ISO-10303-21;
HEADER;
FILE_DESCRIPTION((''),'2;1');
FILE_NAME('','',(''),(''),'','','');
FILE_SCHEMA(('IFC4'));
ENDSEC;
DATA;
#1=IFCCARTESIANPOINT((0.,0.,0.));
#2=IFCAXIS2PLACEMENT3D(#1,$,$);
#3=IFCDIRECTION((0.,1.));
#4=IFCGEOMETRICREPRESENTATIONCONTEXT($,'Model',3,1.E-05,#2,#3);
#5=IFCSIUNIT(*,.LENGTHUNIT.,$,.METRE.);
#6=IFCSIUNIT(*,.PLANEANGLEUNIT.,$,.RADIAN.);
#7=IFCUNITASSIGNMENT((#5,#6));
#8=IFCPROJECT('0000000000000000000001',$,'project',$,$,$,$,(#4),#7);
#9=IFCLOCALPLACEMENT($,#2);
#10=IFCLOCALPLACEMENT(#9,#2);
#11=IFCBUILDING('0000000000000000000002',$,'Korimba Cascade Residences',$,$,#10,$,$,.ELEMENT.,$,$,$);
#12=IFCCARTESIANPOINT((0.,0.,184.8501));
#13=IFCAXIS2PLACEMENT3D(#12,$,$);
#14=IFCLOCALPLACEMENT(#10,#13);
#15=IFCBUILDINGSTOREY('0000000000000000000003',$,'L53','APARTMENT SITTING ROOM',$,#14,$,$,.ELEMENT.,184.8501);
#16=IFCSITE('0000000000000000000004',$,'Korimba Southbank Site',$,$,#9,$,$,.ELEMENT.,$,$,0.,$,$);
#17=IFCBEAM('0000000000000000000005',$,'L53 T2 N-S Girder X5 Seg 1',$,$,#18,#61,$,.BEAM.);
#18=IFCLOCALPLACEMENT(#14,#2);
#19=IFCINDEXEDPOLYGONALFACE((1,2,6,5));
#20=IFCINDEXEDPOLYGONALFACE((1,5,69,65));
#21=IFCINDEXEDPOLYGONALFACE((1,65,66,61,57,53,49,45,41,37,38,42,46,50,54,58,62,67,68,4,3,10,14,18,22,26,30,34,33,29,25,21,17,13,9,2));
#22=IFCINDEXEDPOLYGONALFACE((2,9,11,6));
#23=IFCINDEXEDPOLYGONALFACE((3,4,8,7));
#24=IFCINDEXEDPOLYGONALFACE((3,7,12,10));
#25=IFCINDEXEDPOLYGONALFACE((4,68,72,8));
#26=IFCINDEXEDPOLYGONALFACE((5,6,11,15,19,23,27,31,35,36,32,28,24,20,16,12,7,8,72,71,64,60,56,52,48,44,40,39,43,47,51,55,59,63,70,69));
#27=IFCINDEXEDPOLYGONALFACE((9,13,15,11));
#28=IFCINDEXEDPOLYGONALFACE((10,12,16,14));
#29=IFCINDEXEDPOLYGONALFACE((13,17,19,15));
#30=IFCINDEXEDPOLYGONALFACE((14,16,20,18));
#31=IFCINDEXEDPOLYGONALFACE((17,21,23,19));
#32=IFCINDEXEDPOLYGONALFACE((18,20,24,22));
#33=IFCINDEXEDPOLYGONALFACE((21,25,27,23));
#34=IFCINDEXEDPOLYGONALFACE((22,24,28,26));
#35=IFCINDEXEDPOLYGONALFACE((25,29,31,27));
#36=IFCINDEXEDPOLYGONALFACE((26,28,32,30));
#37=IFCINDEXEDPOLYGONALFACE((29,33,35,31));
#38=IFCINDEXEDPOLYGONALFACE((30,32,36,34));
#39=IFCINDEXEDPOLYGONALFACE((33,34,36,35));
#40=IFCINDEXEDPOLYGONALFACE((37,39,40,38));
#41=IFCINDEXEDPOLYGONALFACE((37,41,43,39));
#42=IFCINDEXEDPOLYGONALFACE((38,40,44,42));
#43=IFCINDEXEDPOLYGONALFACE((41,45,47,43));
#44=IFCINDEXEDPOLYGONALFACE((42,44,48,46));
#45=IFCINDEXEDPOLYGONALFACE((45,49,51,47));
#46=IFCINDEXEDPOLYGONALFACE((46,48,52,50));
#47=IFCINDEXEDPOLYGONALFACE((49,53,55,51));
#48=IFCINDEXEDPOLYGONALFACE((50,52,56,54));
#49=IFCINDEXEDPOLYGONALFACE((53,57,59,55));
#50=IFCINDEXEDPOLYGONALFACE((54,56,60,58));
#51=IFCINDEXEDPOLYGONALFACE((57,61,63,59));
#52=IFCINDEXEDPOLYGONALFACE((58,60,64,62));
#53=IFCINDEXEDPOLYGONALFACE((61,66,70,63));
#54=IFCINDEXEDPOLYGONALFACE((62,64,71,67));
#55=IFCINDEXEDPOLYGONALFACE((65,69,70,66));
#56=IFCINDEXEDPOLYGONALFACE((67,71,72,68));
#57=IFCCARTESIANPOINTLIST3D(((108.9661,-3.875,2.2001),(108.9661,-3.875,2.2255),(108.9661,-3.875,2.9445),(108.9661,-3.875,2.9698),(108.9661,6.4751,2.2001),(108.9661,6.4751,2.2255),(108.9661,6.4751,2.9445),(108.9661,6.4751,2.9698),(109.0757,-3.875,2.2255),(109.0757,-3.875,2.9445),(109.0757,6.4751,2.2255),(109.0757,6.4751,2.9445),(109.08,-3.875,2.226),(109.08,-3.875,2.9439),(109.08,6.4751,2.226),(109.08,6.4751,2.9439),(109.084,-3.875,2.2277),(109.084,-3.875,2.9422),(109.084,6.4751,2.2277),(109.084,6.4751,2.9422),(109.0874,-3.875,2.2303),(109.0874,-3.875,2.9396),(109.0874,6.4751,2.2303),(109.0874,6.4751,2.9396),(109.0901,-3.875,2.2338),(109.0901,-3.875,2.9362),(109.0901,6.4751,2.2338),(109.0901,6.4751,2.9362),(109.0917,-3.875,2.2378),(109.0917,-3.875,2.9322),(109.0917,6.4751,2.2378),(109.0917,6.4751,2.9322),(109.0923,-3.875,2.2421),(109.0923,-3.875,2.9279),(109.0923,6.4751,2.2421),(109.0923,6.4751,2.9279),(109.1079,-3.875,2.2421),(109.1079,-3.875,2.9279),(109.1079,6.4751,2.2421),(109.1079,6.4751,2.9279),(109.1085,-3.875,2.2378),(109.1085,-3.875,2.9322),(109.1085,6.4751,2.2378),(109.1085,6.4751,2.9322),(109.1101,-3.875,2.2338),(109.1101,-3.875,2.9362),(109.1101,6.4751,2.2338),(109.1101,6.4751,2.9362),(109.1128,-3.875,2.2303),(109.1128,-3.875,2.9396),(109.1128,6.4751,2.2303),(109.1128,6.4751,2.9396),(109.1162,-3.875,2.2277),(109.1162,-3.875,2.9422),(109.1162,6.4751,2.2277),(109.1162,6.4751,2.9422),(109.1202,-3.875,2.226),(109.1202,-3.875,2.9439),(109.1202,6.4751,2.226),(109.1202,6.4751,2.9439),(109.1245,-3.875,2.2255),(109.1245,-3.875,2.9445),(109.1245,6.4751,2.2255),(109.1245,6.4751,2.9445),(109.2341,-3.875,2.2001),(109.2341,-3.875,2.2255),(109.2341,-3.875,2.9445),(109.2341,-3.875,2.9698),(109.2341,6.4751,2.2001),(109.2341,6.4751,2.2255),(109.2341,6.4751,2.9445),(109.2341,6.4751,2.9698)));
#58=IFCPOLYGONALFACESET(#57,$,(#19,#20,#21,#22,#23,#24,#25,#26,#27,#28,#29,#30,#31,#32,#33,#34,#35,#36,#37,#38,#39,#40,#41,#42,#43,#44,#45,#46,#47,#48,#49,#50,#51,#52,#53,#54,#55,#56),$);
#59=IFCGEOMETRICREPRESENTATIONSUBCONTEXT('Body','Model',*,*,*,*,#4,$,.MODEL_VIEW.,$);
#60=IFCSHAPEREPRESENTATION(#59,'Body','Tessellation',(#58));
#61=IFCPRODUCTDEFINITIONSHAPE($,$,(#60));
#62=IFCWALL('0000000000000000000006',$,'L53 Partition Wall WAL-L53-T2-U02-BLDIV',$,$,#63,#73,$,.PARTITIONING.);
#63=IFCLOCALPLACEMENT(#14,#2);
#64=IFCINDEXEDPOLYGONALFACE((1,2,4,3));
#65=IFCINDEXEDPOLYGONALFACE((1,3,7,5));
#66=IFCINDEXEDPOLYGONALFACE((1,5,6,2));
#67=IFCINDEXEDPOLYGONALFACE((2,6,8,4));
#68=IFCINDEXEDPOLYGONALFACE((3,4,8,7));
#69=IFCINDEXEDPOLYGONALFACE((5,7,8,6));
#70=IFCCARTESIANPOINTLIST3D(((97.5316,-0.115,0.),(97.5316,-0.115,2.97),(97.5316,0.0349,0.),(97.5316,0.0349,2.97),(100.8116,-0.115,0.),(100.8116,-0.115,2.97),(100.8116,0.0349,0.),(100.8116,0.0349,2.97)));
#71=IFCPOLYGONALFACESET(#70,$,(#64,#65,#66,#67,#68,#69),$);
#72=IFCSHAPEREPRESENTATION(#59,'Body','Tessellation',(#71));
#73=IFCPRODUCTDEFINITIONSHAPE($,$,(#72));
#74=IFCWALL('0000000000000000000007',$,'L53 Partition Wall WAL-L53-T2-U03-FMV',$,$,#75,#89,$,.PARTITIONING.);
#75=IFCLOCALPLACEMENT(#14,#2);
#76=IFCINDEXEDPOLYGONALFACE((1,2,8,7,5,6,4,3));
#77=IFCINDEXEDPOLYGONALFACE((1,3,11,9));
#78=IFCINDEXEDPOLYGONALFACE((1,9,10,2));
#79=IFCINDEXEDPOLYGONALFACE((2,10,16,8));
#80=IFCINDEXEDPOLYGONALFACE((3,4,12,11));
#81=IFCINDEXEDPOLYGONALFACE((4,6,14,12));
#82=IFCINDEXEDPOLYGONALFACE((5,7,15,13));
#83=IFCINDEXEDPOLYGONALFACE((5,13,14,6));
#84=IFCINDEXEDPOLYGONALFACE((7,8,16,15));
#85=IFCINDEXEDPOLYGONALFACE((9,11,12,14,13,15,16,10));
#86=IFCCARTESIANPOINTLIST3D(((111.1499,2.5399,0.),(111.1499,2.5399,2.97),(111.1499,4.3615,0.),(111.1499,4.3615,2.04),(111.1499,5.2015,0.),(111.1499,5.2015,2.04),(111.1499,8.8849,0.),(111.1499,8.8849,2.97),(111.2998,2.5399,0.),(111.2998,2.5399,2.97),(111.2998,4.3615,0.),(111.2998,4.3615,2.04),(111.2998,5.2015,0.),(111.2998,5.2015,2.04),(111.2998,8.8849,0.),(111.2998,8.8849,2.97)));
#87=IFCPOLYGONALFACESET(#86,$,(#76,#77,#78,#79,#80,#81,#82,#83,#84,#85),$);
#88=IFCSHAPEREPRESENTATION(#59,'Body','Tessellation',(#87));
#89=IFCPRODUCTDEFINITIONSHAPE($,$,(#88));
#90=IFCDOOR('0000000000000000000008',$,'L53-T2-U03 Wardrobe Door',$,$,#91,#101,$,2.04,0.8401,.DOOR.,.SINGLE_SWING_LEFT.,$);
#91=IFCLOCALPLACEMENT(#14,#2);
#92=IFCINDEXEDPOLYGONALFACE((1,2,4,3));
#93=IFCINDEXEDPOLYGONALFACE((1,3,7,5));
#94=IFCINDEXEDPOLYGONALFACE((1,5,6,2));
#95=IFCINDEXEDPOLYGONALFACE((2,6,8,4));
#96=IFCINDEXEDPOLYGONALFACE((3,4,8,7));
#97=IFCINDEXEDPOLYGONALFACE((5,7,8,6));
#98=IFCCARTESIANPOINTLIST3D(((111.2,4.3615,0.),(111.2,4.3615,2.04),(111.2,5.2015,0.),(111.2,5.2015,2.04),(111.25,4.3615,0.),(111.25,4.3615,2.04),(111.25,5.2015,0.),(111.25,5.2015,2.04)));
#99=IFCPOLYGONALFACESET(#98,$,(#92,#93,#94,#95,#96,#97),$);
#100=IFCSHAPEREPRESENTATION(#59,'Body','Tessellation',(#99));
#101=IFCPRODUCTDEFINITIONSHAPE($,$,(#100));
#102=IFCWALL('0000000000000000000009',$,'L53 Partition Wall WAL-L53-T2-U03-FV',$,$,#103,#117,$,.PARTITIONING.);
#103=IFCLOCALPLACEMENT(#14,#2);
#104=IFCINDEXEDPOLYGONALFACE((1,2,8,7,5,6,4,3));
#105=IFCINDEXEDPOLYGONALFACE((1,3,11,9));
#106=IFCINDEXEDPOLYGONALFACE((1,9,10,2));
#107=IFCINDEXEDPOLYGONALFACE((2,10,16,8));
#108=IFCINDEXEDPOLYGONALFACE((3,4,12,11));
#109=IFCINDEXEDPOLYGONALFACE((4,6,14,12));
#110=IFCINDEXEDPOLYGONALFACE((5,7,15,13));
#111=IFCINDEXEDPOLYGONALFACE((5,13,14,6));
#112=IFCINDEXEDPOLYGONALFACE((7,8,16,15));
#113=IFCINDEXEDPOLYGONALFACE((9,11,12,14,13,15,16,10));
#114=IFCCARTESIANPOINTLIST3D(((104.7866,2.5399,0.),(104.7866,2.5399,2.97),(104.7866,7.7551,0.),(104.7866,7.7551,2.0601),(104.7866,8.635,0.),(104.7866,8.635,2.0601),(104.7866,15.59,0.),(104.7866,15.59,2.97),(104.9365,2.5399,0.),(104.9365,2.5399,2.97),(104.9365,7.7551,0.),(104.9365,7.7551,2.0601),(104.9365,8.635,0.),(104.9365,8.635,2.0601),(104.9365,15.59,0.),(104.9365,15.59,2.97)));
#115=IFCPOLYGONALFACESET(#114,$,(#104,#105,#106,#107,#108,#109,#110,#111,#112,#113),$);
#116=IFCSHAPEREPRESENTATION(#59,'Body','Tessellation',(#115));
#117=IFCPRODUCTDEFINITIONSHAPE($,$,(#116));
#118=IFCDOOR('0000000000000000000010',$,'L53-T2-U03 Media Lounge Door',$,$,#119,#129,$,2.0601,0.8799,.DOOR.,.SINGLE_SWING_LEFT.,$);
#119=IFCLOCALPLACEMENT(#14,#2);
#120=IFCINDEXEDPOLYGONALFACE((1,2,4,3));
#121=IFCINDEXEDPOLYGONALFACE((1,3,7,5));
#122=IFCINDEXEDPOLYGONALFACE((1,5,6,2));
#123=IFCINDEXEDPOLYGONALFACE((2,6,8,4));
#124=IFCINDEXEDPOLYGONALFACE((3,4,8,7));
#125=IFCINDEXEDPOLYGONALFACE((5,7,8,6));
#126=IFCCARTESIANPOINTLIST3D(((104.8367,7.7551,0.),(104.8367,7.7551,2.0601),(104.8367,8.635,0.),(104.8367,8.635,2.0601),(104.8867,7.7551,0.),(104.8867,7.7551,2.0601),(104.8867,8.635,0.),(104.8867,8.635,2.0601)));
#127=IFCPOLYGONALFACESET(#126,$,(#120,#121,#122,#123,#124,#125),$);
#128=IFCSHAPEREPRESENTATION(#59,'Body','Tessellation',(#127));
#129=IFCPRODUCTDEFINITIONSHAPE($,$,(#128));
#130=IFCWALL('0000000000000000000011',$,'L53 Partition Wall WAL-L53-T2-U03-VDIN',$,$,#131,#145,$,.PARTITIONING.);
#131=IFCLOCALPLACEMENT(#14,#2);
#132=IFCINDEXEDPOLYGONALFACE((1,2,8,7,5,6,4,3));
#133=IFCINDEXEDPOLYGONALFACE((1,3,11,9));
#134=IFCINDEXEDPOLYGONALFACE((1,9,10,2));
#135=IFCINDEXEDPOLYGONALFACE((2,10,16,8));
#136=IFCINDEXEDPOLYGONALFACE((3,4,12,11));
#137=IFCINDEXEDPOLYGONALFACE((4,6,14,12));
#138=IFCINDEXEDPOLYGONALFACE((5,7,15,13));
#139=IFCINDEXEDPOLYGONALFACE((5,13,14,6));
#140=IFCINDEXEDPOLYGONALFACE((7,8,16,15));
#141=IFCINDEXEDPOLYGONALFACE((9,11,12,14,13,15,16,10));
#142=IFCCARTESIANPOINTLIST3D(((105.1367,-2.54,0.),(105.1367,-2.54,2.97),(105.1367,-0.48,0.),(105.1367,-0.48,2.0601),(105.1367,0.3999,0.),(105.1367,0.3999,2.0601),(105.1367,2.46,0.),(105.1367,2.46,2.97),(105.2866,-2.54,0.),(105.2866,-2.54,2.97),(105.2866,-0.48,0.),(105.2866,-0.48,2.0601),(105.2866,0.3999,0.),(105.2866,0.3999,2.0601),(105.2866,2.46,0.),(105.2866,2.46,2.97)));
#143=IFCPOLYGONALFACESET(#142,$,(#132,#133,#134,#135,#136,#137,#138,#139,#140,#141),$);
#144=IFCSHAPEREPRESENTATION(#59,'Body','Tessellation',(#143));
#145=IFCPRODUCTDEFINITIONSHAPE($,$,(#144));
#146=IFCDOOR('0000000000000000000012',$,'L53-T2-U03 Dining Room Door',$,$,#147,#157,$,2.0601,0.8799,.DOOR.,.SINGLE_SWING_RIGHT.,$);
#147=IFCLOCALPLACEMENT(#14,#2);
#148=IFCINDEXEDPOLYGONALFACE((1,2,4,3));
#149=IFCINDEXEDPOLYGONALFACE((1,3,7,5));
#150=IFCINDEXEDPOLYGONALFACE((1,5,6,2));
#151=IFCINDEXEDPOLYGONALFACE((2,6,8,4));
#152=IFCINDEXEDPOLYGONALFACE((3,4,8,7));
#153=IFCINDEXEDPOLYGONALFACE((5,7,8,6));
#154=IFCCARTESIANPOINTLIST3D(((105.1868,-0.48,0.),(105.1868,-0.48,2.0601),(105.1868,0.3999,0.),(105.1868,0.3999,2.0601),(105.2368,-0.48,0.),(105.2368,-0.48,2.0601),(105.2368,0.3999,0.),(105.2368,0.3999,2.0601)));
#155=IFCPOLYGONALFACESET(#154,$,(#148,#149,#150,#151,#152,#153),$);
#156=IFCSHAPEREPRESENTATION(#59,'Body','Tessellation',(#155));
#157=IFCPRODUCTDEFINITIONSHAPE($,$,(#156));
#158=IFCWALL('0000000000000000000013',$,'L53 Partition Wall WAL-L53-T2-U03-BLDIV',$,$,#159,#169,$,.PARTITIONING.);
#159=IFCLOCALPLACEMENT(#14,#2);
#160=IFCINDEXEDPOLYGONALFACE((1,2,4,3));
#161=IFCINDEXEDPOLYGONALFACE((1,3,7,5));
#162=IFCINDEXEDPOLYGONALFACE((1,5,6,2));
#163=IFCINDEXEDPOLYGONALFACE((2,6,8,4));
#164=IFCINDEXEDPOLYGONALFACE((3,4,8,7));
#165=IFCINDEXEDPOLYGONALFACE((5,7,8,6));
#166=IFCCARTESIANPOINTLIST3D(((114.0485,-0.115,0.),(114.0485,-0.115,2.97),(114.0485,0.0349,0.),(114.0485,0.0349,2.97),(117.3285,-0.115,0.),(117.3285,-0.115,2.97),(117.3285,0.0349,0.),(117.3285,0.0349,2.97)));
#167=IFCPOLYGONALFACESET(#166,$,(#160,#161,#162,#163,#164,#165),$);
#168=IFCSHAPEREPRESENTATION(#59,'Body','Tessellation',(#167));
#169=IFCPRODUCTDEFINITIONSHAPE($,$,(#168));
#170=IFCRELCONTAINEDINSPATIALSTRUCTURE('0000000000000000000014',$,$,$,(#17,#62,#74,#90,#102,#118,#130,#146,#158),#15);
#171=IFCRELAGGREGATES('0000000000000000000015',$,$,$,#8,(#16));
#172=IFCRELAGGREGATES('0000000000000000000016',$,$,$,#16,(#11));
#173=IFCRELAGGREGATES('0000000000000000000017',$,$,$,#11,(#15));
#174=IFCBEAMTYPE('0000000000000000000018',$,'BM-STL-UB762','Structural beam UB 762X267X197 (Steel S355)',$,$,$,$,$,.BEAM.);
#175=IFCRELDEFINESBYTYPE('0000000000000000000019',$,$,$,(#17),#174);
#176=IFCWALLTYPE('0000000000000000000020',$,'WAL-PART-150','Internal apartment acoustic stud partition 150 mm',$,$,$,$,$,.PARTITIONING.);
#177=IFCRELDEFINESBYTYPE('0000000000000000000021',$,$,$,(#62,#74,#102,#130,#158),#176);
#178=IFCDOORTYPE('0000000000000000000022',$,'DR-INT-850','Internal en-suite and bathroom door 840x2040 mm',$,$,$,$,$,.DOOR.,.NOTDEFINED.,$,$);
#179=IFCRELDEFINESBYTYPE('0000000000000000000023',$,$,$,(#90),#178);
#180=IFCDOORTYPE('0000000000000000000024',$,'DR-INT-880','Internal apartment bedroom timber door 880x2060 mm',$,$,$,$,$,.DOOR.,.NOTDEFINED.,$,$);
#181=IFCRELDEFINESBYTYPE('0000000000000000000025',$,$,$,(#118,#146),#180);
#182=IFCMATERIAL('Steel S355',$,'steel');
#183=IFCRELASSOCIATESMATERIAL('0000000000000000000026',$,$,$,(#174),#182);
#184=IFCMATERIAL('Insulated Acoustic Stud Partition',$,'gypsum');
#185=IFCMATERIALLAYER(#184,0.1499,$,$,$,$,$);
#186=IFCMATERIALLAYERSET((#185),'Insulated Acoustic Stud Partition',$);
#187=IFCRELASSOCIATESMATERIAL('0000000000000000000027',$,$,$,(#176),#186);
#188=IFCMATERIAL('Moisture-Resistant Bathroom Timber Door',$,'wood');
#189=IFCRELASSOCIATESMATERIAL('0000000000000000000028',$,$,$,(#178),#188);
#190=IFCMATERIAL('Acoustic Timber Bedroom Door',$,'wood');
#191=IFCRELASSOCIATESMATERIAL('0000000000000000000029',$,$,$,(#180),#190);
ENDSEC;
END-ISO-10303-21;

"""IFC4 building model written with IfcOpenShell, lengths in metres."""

from ifc_helpers import new_model, si_unit, direction, frame, frame_2d, origin, origin_2d, place, context, subcontext, project, spatial, rectangle, i_section, extrude, material, layer, layer_set, material_profile, profile_set, type_object, element, fill, save


model = new_model("IFC4")

# Units and contexts
model_context = context("Model", 3, precision=1e-05, world=origin(), true_north=direction((0.0, 1.0)))
body_context = subcontext(model_context, "Body", "Model", "MODEL_VIEW")
ifc_project = project(units=[si_unit("LENGTHUNIT", "METRE"), si_unit("PLANEANGLEUNIT", "RADIAN")], contexts=[model_context])

# Site, building, storey
site_placement = place(None, origin())
site = spatial("IfcSite", under=ifc_project, at=site_placement, Name="Korimba Southbank Site", CompositionType="ELEMENT", RefElevation=0.0)
building_placement = place(site_placement, origin())
building = spatial("IfcBuilding", under=site, at=building_placement, Name="Korimba Cascade Residences", CompositionType="ELEMENT")
storey_placement = place(building_placement, frame((0.0, 0.0, 184.8501)))
storey = spatial("IfcBuildingStorey", under=building, at=storey_placement, Name="L53", Description="APARTMENT SITTING ROOM", CompositionType="ELEMENT", Elevation=184.8501)

# Beam
ifc_material_1 = material(Name="Steel S355", Category="steel")
ifc_material_profile_1 = material_profile(ifc_material_1, i_section(OverallWidth=0.2681, OverallDepth=0.7698, WebThickness=0.0156, FlangeThickness=0.0254, FilletRadius=0.0166, at=origin_2d()), Name="Steel S355")
ifc_profile_set_1 = profile_set([ifc_material_profile_1], Name="Steel S355")
beam_type_1 = type_object("IfcBeamType", Name="BM-STL-UB762", Description="Structural beam UB 762X267X197 (Steel S355)", PredefinedType="BEAM", material=ifc_profile_set_1)
for number, where, z_axis, x_axis, name in (
    (1, (109.1001, -3.875, 2.585), (0.0, 1.0, 0.0), (-1.0, 0.0, 0.0), "L53 T2 N-S Girder X5 Seg 1"),
):
    element("IfcBeam", number, at=place(storey_placement, frame(where, z_axis=z_axis, x_axis=x_axis)), inside=storey, type_object=beam_type_1, Name=name, PredefinedType="BEAM", context=body_context, shape_type="SweptSolid", body=[
        extrude(i_section(OverallWidth=0.2681, OverallDepth=0.7698, WebThickness=0.0156, FlangeThickness=0.0254, FilletRadius=0.0166, at=origin_2d()), origin(), (0.0, 0.0, 1.0), 10.3501),
    ])

# Wall
ifc_material_2 = material(Name="Insulated Acoustic Stud Partition", Category="gypsum")
ifc_layer = layer(ifc_material_2, 0.1499)
ifc_layer_set = layer_set([ifc_layer], Name="Insulated Acoustic Stud Partition")
wall_type = type_object("IfcWallType", Name="WAL-PART-150", Description="Internal apartment acoustic stud partition 150 mm", PredefinedType="PARTITIONING", material=ifc_layer_set)
wall_1_placement = place(storey_placement, frame((97.5315, -0.04, 0.0), z_axis=(0.0, 0.0, 1.0), x_axis=(1.0, 0.0, 0.0)))
element("IfcWall", 2, at=wall_1_placement, inside=storey, type_object=wall_type, Name="L53 Partition Wall WAL-L53-T2-U02-BLDIV", PredefinedType="PARTITIONING", context=body_context, shape_type="SweptSolid", body=[
    extrude(rectangle(XDim=3.28, YDim=0.1499, at=frame_2d((1.6401, 0.0))), origin(), (0.0, 0.0, 1.0), 2.97),
])

# Walls, openings, doors
wall_2_placement = place(storey_placement, frame((111.2249, 2.54, 0.0), z_axis=(0.0, 0.0, 1.0), x_axis=(0.0, 1.0, 0.0)))
wall_2 = element("IfcWall", 3, at=wall_2_placement, inside=storey, type_object=wall_type, Name="L53 Partition Wall WAL-L53-T2-U03-FMV", PredefinedType="PARTITIONING", context=body_context, shape_type="SweptSolid", body=[
    extrude(rectangle(XDim=6.345, YDim=0.1499, at=frame_2d((3.1724, 0.0))), origin(), (0.0, 0.0, 1.0), 2.97),
])
opening_1_placement = place(wall_2_placement, frame((1.8215, 0.0, 0.0)))
opening_1 = element("IfcOpeningElement", 4, at=opening_1_placement, cuts=wall_2, PredefinedType="OPENING", context=body_context, shape_type="SweptSolid", body=[
    extrude(rectangle(XDim=0.8401, YDim=2.04, at=frame_2d((0.4199, 1.02))), frame((0.0, 0.085, 0.0), z_axis=(0.0, -1.0, 0.0), x_axis=(1.0, 0.0, 0.0)), (0.0, 0.0, 1.0), 0.1699),
])
ifc_material_3 = material(Name="Moisture-Resistant Bathroom Timber Door", Category="wood")
door_type_1 = type_object("IfcDoorType", Name="DR-INT-850", Description="Internal en-suite and bathroom door 840x2040 mm", OperationType="NOTDEFINED", PredefinedType="DOOR", material=ifc_material_3)
door_1_placement = place(opening_1_placement, origin())
door_1 = element("IfcDoor", 5, at=door_1_placement, inside=storey, type_object=door_type_1, Name="L53-T2-U03 Wardrobe Door", OperationType="SINGLE_SWING_LEFT", OverallHeight=2.04, OverallWidth=0.8401, PredefinedType="DOOR", context=body_context, shape_type="SweptSolid", body=[
    extrude(rectangle(XDim=0.8401, YDim=2.04, at=frame_2d((0.4199, 1.02))), frame((0.0, 0.0249, 0.0), z_axis=(0.0, -1.0, 0.0), x_axis=(1.0, 0.0, 0.0)), (0.0, 0.0, 1.0), 0.05),
])
fill(opening_1, door_1)
wall_3_placement = place(storey_placement, frame((104.8616, 2.54, 0.0), z_axis=(0.0, 0.0, 1.0), x_axis=(0.0, 1.0, 0.0)))
wall_3 = element("IfcWall", 6, at=wall_3_placement, inside=storey, type_object=wall_type, Name="L53 Partition Wall WAL-L53-T2-U03-FV", PredefinedType="PARTITIONING", context=body_context, shape_type="SweptSolid", body=[
    extrude(rectangle(XDim=13.05, YDim=0.1499, at=frame_2d((6.5249, 0.0))), origin(), (0.0, 0.0, 1.0), 2.97),
])
opening_2_placement = place(wall_3_placement, frame((5.2151, 0.0, 0.0)))
opening_2 = element("IfcOpeningElement", 7, at=opening_2_placement, cuts=wall_3, PredefinedType="OPENING", context=body_context, shape_type="SweptSolid", body=[
    extrude(rectangle(XDim=0.8799, YDim=2.0601, at=frame_2d((0.4399, 1.03))), frame((0.0, 0.085, 0.0), z_axis=(0.0, -1.0, 0.0), x_axis=(1.0, 0.0, 0.0)), (0.0, 0.0, 1.0), 0.1699),
])
ifc_material_4 = material(Name="Acoustic Timber Bedroom Door", Category="wood")
door_type_2 = type_object("IfcDoorType", Name="DR-INT-880", Description="Internal apartment bedroom timber door 880x2060 mm", OperationType="NOTDEFINED", PredefinedType="DOOR", material=ifc_material_4)
door_2_placement = place(opening_2_placement, origin())
door_2 = element("IfcDoor", 8, at=door_2_placement, inside=storey, type_object=door_type_2, Name="L53-T2-U03 Media Lounge Door", OperationType="SINGLE_SWING_LEFT", OverallHeight=2.0601, OverallWidth=0.8799, PredefinedType="DOOR", context=body_context, shape_type="SweptSolid", body=[
    extrude(rectangle(XDim=0.8799, YDim=2.0601, at=frame_2d((0.4399, 1.03))), frame((0.0, 0.0249, 0.0), z_axis=(0.0, -1.0, 0.0), x_axis=(1.0, 0.0, 0.0)), (0.0, 0.0, 1.0), 0.05),
])
fill(opening_2, door_2)
wall_4_placement = place(storey_placement, frame((105.2117, -2.54, 0.0), z_axis=(0.0, 0.0, 1.0), x_axis=(0.0, 1.0, 0.0)))
wall_4 = element("IfcWall", 9, at=wall_4_placement, inside=storey, type_object=wall_type, Name="L53 Partition Wall WAL-L53-T2-U03-VDIN", PredefinedType="PARTITIONING", context=body_context, shape_type="SweptSolid", body=[
    extrude(rectangle(XDim=5.0, YDim=0.1499, at=frame_2d((2.5, 0.0))), origin(), (0.0, 0.0, 1.0), 2.97),
])
opening_3_placement = place(wall_4_placement, frame((2.0601, 0.0, 0.0)))
opening_3 = element("IfcOpeningElement", 10, at=opening_3_placement, cuts=wall_4, PredefinedType="OPENING", context=body_context, shape_type="SweptSolid", body=[
    extrude(rectangle(XDim=0.8799, YDim=2.0601, at=frame_2d((0.4399, 1.03))), frame((0.0, 0.085, 0.0), z_axis=(0.0, -1.0, 0.0), x_axis=(1.0, 0.0, 0.0)), (0.0, 0.0, 1.0), 0.1699),
])
door_3_placement = place(opening_3_placement, origin())
door_3 = element("IfcDoor", 11, at=door_3_placement, inside=storey, type_object=door_type_2, Name="L53-T2-U03 Dining Room Door", OperationType="SINGLE_SWING_RIGHT", OverallHeight=2.0601, OverallWidth=0.8799, PredefinedType="DOOR", context=body_context, shape_type="SweptSolid", body=[
    extrude(rectangle(XDim=0.8799, YDim=2.0601, at=frame_2d((0.4399, 1.03))), frame((0.0, 0.0249, 0.0), z_axis=(0.0, -1.0, 0.0), x_axis=(1.0, 0.0, 0.0)), (0.0, 0.0, 1.0), 0.05),
])
fill(opening_3, door_3)

# Wall
wall_5_placement = place(storey_placement, frame((114.0483, -0.04, 0.0), z_axis=(0.0, 0.0, 1.0), x_axis=(1.0, 0.0, 0.0)))
element("IfcWall", 12, at=wall_5_placement, inside=storey, type_object=wall_type, Name="L53 Partition Wall WAL-L53-T2-U03-BLDIV", PredefinedType="PARTITIONING", context=body_context, shape_type="SweptSolid", body=[
    extrude(rectangle(XDim=3.28, YDim=0.1499, at=frame_2d((1.6401, 0.0))), origin(), (0.0, 0.0, 1.0), 2.97),
])

save(model, "model.ifc")
